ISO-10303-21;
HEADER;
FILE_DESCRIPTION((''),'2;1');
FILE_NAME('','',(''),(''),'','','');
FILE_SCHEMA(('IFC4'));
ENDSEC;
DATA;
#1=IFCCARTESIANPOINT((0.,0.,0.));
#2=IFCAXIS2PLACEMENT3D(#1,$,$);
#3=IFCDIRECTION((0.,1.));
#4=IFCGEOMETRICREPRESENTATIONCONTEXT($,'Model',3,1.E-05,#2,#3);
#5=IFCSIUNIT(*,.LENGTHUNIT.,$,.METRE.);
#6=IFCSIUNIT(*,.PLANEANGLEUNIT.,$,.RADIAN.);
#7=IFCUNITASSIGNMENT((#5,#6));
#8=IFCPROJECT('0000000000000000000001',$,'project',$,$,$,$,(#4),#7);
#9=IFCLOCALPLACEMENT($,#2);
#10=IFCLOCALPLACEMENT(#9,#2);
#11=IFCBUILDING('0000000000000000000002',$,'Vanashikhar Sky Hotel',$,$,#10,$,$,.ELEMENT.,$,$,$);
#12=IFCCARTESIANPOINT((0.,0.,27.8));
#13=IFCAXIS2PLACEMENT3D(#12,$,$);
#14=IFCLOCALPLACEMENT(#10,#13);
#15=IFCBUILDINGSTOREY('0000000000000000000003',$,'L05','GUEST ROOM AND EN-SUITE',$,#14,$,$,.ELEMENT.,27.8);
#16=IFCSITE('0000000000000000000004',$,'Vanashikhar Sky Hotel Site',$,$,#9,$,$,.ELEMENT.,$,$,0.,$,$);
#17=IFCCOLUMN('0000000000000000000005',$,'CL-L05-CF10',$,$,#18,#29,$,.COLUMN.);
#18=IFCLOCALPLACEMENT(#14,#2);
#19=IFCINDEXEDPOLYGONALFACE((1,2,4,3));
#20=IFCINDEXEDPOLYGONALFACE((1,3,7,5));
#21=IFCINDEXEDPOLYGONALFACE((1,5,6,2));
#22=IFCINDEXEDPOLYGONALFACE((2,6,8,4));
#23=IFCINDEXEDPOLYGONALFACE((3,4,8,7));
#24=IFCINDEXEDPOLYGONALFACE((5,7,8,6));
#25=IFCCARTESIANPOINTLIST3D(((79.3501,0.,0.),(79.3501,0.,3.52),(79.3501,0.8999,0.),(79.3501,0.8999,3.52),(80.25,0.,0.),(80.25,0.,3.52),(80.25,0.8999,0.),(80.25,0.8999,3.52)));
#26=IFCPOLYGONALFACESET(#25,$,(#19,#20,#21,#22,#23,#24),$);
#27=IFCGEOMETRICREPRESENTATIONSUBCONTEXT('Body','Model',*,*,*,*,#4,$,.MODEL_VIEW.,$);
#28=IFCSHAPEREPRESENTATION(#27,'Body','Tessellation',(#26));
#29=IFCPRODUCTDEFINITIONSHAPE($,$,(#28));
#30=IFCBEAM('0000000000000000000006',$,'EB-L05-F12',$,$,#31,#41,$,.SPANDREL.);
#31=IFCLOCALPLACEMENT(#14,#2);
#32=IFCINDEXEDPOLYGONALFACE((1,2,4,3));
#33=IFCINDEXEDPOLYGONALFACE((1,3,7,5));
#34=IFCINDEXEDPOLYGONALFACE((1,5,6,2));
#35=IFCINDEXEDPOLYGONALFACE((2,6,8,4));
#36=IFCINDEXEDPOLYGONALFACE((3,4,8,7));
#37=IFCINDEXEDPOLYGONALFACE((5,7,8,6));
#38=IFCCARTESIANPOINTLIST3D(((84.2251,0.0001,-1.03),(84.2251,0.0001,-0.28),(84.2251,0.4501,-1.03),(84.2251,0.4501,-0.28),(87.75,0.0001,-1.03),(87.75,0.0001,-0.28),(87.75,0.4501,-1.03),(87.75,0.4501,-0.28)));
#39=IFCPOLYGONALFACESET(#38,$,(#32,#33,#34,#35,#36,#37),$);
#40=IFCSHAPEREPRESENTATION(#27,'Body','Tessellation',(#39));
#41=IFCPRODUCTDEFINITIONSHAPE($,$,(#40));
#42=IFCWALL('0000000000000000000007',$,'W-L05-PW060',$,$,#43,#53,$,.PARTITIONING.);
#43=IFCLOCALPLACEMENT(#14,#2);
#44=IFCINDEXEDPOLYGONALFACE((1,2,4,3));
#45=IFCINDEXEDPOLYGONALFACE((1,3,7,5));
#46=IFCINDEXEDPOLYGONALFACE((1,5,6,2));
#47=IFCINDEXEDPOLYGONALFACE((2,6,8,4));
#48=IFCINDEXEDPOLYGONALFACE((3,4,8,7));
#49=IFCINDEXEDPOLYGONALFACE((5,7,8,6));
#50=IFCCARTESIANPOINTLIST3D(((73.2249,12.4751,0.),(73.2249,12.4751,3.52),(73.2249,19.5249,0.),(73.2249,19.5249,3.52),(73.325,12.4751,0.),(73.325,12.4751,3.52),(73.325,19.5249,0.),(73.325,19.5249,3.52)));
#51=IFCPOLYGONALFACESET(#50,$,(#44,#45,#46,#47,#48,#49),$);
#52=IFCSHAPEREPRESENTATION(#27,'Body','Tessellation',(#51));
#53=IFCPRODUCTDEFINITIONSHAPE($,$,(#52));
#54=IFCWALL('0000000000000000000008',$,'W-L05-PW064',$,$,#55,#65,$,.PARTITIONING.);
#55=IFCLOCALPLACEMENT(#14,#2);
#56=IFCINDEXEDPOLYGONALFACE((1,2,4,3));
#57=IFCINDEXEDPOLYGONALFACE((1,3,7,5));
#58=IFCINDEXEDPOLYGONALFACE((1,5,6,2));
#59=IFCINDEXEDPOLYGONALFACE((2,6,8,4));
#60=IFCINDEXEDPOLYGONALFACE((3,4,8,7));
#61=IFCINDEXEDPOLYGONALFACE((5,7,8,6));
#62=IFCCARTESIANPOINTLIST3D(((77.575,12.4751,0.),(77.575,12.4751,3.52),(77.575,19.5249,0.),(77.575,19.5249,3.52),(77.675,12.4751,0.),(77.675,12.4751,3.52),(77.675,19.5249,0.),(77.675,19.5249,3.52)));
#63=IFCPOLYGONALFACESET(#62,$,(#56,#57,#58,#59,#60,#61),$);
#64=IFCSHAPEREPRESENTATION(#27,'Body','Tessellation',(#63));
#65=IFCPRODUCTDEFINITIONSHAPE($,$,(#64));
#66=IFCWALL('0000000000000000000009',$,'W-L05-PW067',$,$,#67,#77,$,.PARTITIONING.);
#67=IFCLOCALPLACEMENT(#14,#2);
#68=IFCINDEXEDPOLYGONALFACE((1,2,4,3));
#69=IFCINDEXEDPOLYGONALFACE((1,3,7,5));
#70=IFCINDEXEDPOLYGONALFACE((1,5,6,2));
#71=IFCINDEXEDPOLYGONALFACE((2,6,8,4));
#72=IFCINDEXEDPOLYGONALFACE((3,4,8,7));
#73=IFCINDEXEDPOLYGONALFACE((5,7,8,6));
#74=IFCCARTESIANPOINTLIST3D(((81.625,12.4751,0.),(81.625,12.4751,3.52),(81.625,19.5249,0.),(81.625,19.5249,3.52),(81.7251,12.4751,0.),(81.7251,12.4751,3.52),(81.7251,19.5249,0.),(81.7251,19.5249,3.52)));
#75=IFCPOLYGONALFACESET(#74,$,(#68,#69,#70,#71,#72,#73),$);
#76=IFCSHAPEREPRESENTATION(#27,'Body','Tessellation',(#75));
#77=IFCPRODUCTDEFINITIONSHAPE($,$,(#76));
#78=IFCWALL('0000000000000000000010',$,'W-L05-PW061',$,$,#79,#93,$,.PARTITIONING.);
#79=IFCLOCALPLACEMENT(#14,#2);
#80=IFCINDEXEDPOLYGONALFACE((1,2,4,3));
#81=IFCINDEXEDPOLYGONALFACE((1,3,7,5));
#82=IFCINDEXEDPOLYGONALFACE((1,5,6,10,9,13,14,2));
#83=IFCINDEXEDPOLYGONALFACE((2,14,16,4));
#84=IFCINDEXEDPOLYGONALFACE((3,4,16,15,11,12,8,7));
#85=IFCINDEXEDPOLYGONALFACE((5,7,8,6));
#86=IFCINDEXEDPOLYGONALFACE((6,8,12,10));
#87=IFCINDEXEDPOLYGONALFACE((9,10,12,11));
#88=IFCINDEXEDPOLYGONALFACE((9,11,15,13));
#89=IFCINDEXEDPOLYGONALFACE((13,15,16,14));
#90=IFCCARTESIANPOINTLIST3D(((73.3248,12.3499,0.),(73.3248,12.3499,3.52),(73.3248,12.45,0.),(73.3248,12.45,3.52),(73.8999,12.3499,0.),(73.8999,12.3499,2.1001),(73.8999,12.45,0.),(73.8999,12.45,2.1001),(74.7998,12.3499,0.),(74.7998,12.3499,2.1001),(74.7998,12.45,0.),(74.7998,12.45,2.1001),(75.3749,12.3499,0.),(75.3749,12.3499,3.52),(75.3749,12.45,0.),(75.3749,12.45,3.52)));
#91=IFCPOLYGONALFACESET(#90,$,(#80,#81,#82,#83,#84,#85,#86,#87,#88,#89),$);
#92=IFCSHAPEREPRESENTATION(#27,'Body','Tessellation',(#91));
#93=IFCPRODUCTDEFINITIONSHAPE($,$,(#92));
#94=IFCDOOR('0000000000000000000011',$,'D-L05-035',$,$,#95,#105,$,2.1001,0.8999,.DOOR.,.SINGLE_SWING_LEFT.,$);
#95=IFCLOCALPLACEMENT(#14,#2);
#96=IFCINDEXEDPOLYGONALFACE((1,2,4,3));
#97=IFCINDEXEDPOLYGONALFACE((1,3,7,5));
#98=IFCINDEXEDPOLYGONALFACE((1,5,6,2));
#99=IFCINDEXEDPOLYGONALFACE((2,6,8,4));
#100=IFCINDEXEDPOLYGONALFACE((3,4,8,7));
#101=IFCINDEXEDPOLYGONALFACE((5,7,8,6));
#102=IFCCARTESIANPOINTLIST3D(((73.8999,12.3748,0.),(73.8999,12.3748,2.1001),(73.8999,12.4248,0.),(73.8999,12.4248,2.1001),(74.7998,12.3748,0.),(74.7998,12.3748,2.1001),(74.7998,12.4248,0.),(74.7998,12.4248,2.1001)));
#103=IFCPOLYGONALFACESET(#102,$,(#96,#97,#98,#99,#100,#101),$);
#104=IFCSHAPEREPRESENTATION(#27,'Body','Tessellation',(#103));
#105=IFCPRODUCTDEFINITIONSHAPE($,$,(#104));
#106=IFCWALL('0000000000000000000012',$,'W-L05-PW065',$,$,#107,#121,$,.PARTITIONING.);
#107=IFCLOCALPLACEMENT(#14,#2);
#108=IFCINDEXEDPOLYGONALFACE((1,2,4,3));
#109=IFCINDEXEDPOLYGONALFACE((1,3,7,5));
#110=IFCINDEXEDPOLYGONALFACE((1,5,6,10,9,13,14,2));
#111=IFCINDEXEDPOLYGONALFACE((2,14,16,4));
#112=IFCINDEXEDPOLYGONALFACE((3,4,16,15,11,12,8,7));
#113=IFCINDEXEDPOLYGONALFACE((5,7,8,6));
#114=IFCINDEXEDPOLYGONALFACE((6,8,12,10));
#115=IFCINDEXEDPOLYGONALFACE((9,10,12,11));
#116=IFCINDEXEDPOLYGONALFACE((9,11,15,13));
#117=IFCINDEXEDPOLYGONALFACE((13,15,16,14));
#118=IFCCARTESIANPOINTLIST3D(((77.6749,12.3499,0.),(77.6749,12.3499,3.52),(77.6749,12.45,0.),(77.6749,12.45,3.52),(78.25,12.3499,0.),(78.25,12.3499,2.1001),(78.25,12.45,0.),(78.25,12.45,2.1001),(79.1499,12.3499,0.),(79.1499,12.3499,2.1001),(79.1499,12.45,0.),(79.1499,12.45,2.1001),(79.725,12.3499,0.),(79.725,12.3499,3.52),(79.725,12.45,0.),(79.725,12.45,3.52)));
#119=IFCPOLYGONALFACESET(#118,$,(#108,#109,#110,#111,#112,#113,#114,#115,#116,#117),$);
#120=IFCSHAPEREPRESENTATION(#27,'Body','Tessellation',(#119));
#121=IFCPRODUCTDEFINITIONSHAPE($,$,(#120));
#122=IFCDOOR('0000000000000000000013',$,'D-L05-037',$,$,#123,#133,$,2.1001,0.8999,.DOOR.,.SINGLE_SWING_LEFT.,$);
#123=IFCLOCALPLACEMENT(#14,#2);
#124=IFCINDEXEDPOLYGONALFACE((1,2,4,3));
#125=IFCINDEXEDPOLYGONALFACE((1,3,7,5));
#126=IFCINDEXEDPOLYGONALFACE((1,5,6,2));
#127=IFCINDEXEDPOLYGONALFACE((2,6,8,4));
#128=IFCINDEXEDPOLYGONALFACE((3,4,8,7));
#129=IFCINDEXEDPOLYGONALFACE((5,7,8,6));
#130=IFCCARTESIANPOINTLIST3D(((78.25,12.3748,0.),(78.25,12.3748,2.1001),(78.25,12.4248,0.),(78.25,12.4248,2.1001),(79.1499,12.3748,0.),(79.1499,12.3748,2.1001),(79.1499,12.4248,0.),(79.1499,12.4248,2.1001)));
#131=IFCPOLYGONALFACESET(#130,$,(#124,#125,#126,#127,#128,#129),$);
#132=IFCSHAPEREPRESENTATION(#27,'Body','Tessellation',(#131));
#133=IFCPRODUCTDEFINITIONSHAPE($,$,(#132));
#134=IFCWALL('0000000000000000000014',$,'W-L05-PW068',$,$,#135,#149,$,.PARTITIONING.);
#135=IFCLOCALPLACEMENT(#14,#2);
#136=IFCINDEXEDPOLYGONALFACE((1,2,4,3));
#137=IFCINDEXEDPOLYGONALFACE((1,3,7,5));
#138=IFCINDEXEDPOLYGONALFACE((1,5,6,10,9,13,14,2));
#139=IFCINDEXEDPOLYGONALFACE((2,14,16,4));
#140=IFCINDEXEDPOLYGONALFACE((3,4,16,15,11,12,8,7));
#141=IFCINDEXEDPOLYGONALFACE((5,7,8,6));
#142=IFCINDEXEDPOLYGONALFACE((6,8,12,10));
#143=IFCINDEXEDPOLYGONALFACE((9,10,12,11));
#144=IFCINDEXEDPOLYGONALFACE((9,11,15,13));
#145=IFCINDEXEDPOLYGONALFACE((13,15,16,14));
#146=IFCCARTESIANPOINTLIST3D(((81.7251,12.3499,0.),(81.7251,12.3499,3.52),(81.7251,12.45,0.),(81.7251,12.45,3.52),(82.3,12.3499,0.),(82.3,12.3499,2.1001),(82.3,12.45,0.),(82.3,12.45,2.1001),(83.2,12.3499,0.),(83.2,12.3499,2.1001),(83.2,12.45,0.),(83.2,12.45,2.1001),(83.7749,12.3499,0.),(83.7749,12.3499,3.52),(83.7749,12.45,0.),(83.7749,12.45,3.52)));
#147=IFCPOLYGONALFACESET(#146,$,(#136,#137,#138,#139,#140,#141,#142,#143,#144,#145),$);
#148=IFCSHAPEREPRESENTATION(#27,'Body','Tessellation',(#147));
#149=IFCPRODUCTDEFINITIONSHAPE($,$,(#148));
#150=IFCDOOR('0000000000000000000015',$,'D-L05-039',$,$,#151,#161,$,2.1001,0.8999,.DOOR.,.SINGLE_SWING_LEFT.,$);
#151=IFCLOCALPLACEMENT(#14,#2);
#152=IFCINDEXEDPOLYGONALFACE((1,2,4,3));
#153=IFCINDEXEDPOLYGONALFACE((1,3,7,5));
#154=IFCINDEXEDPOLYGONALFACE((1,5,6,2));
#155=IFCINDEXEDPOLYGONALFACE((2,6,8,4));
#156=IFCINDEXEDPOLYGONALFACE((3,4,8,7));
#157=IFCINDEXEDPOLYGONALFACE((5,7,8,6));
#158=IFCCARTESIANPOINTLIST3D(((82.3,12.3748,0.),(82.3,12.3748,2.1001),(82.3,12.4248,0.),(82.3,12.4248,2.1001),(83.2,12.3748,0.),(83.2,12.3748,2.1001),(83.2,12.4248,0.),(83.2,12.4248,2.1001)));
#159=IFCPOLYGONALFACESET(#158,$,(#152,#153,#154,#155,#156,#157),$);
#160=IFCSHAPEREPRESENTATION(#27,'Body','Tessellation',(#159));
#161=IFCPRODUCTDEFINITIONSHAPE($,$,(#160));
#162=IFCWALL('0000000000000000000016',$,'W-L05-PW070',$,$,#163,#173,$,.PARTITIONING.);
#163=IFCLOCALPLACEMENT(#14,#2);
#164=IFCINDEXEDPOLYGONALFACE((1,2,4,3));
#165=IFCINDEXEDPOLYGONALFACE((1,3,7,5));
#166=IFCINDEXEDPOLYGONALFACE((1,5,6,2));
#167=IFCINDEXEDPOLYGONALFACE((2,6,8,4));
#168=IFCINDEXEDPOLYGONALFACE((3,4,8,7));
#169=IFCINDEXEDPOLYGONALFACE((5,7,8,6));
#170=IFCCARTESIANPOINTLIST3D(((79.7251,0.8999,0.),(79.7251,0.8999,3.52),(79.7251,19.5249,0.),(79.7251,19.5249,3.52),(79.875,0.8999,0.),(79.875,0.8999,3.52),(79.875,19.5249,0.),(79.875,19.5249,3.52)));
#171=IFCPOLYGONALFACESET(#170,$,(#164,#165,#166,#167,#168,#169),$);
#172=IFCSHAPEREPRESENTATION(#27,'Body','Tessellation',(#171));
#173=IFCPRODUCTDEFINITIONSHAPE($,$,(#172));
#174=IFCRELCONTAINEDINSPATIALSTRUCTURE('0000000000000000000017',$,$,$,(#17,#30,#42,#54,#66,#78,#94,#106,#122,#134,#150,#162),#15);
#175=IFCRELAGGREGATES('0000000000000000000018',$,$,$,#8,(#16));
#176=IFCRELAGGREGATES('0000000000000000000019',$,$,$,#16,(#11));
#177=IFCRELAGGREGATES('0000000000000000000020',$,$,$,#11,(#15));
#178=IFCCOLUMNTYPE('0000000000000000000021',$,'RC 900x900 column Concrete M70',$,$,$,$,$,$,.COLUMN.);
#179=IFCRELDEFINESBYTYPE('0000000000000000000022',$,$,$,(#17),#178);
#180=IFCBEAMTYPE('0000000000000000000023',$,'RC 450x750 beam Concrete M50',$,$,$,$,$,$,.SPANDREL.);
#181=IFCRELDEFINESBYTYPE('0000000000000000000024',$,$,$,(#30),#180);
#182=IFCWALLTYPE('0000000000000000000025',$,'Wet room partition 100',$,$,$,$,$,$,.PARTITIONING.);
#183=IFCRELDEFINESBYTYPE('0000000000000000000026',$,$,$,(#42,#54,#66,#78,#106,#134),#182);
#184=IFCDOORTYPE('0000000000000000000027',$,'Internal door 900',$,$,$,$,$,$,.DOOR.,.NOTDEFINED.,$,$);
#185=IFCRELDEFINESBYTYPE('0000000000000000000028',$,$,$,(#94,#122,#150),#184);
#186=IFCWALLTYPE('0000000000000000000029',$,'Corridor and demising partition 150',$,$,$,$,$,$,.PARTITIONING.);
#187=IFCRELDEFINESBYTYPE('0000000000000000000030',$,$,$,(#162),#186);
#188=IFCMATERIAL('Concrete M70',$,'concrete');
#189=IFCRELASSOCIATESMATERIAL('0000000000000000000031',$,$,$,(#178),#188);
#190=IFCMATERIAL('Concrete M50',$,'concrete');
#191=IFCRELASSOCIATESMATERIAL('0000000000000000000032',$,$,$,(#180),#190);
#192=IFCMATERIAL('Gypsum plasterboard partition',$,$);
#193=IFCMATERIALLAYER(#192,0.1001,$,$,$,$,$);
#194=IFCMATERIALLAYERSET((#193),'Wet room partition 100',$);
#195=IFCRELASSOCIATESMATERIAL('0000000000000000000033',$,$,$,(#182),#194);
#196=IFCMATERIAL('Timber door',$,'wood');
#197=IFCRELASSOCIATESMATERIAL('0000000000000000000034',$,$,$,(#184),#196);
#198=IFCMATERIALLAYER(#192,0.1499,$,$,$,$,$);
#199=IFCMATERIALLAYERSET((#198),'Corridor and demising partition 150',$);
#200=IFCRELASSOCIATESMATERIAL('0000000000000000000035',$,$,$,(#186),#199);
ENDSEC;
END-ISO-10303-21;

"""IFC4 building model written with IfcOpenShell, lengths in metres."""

from ifc_helpers import new_model, si_unit, direction, frame, frame_2d, origin, origin_2d, place, context, subcontext, project, spatial, rectangle, extrude, source, transform, mapped, material, layer, layer_set, material_profile, profile_set, type_object, element, fill, save


model = new_model("IFC4")

# Units and contexts
model_context = context("Model", 3, precision=1e-05, world=origin(), true_north=direction((0.0, 1.0)))
body_context = subcontext(model_context, "Body", "Model", "MODEL_VIEW")
ifc_project = project(units=[si_unit("LENGTHUNIT", "METRE"), si_unit("PLANEANGLEUNIT", "RADIAN")], contexts=[model_context])

# Site, building, storey
site_placement = place(None, origin())
site = spatial("IfcSite", under=ifc_project, at=site_placement, Name="Vanashikhar Sky Hotel Site", CompositionType="ELEMENT", RefElevation=0.0)
building_placement = place(site_placement, origin())
building = spatial("IfcBuilding", under=site, at=building_placement, Name="Vanashikhar Sky Hotel", CompositionType="ELEMENT")
storey_placement = place(building_placement, frame((0.0, 0.0, 27.8)))
storey = spatial("IfcBuildingStorey", under=building, at=storey_placement, Name="L05", Description="GUEST ROOM AND EN-SUITE", CompositionType="ELEMENT", Elevation=27.8)

# Column
ifc_material_1 = material(Name="Concrete M70", Category="concrete")
ifc_material_profile_1 = material_profile(ifc_material_1, rectangle(XDim=0.8999, YDim=0.8999, at=origin_2d()))
ifc_profile_set_1 = profile_set([ifc_material_profile_1], Name="RC 900x900 column Concrete M70")
column_type = type_object("IfcColumnType", Name="RC 900x900 column Concrete M70", PredefinedType="COLUMN", material=ifc_profile_set_1)
shared_shape_1 = source(origin(), body_context, "Body", "SweptSolid", [
    extrude(rectangle(XDim=0.8999, YDim=0.8999, at=origin_2d()), origin(), (0.0, 0.0, 1.0), 3.52),
])
column_placement = place(storey_placement, frame((79.8, 0.45, 0.0), z_axis=(0.0, 0.0, 1.0), x_axis=(1.0, 0.0, 0.0)))
element("IfcColumn", 1, at=column_placement, inside=storey, type_object=column_type, Name="CL-L05-CF10", PredefinedType="COLUMN", context=body_context, shape_type="MappedRepresentation", body=[
    mapped(shared_shape_1, transform((0.0, 0.0, 0.0), scale=1.0)),
])

# Beam
ifc_material_2 = material(Name="Concrete M50", Category="concrete")
ifc_material_profile_2 = material_profile(ifc_material_2, rectangle(XDim=0.45, YDim=0.75, at=origin_2d()))
ifc_profile_set_2 = profile_set([ifc_material_profile_2], Name="RC 450x750 beam Concrete M50")
beam_type = type_object("IfcBeamType", Name="RC 450x750 beam Concrete M50", PredefinedType="SPANDREL", material=ifc_profile_set_2)
shared_shape_2 = source(origin(), body_context, "Body", "SweptSolid", [
    extrude(rectangle(XDim=0.45, YDim=0.75, at=origin_2d()), origin(), (0.0, 0.0, 1.0), 3.5249),
])
beam_placement = place(storey_placement, frame((84.2251, 0.2251, -0.655), z_axis=(1.0, 0.0, 0.0), x_axis=(0.0, 1.0, 0.0)))
element("IfcBeam", 2, at=beam_placement, inside=storey, type_object=beam_type, Name="EB-L05-F12", PredefinedType="SPANDREL", context=body_context, shape_type="MappedRepresentation", body=[
    mapped(shared_shape_2, transform((0.0, 0.0, 0.0), scale=1.0)),
])

# Walls
ifc_material_3 = material(Name="Gypsum plasterboard partition")
ifc_layer_1 = layer(ifc_material_3, 0.1001)
ifc_layer_set_1 = layer_set([ifc_layer_1], Name="Wet room partition 100")
wall_type_1 = type_object("IfcWallType", Name="Wet room partition 100", PredefinedType="PARTITIONING", material=ifc_layer_set_1)
shared_shape_3 = source(origin(), body_context, "Body", "SweptSolid", [
    extrude(rectangle(XDim=7.0498, YDim=0.1001, at=frame_2d((3.5249, 0.0))), origin(), (0.0, 0.0, 1.0), 3.52),
])
for number, where, z_axis, x_axis, name in (
    (3, (73.2749, 12.4751, 0.0), (0.0, 0.0, 1.0), (0.0, 1.0, 0.0), "W-L05-PW060"),
    (4, (77.625, 12.4751, 0.0), (0.0, 0.0, 1.0), (0.0, 1.0, 0.0), "W-L05-PW064"),
    (5, (81.675, 12.4751, 0.0), (0.0, 0.0, 1.0), (0.0, 1.0, 0.0), "W-L05-PW067"),
):
    element("IfcWall", number, at=place(storey_placement, frame(where, z_axis=z_axis, x_axis=x_axis)), inside=storey, type_object=wall_type_1, Name=name, PredefinedType="PARTITIONING", context=body_context, shape_type="MappedRepresentation", body=[
        mapped(shared_shape_3, transform((0.0, 0.0, 0.0), scale=1.0)),
    ])

# Walls, openings, doors
shared_shape_4 = source(origin(), body_context, "Body", "SweptSolid", [
    extrude(rectangle(XDim=2.05, YDim=0.1001, at=frame_2d((1.0249, 0.0))), origin(), (0.0, 0.0, 1.0), 3.52),
])
wall_1_placement = place(storey_placement, frame((73.325, 12.3999, 0.0), z_axis=(0.0, 0.0, 1.0), x_axis=(1.0, 0.0, 0.0)))
wall_1 = element("IfcWall", 6, at=wall_1_placement, inside=storey, type_object=wall_type_1, Name="W-L05-PW061", PredefinedType="PARTITIONING", context=body_context, shape_type="MappedRepresentation", body=[
    mapped(shared_shape_4, transform((0.0, 0.0, 0.0), scale=1.0)),
])
shared_shape_5 = source(origin(), body_context, "Body", "SweptSolid", [
    extrude(rectangle(XDim=0.8999, YDim=2.1001, at=frame_2d((0.45, 1.05))), frame((0.0, 0.0601, 0.0), z_axis=(0.0, -1.0, 0.0), x_axis=(1.0, 0.0, 0.0)), (0.0, 0.0, 1.0), 0.1201),
])
opening_1_placement = place(wall_1_placement, frame((0.575, 0.0, 0.0)))
opening_1 = element("IfcOpeningElement", 7, at=opening_1_placement, cuts=wall_1, PredefinedType="OPENING", context=body_context, shape_type="MappedRepresentation", body=[
    mapped(shared_shape_5, transform((0.0, 0.0, 0.0), scale=1.0)),
])
ifc_material_4 = material(Name="Timber door", Category="wood")
door_type_1 = type_object("IfcDoorType", Name="Internal door 900", OperationType="NOTDEFINED", PredefinedType="DOOR", material=ifc_material_4)
shared_shape_6 = source(origin(), body_context, "Body", "SweptSolid", [
    extrude(rectangle(XDim=0.8999, YDim=2.1001, at=frame_2d((0.45, 1.05))), frame((0.0, 0.0249, 0.0), z_axis=(0.0, -1.0, 0.0), x_axis=(1.0, 0.0, 0.0)), (0.0, 0.0, 1.0), 0.05),
])
door_1_placement = place(opening_1_placement, origin())
door_1 = element("IfcDoor", 8, at=door_1_placement, inside=storey, type_object=door_type_1, Name="D-L05-035", OperationType="SINGLE_SWING_LEFT", OverallHeight=2.1001, OverallWidth=0.8999, PredefinedType="DOOR", context=body_context, shape_type="MappedRepresentation", body=[
    mapped(shared_shape_6, transform((0.0, 0.0, 0.0), scale=1.0)),
])
fill(opening_1, door_1)
wall_2_placement = place(storey_placement, frame((77.675, 12.3999, 0.0), z_axis=(0.0, 0.0, 1.0), x_axis=(1.0, 0.0, 0.0)))
wall_2 = element("IfcWall", 9, at=wall_2_placement, inside=storey, type_object=wall_type_1, Name="W-L05-PW065", PredefinedType="PARTITIONING", context=body_context, shape_type="MappedRepresentation", body=[
    mapped(shared_shape_4, transform((0.0, 0.0, 0.0), scale=1.0)),
])
opening_2_placement = place(wall_2_placement, frame((0.575, 0.0, 0.0)))
opening_2 = element("IfcOpeningElement", 10, at=opening_2_placement, cuts=wall_2, PredefinedType="OPENING", context=body_context, shape_type="MappedRepresentation", body=[
    mapped(shared_shape_5, transform((0.0, 0.0, 0.0), scale=1.0)),
])
door_2_placement = place(opening_2_placement, origin())
door_2 = element("IfcDoor", 11, at=door_2_placement, inside=storey, type_object=door_type_1, Name="D-L05-037", OperationType="SINGLE_SWING_LEFT", OverallHeight=2.1001, OverallWidth=0.8999, PredefinedType="DOOR", context=body_context, shape_type="MappedRepresentation", body=[
    mapped(shared_shape_6, transform((0.0, 0.0, 0.0), scale=1.0)),
])
fill(opening_2, door_2)
shared_shape_7 = source(origin(), body_context, "Body", "SweptSolid", [
    extrude(rectangle(XDim=2.0498, YDim=0.1001, at=frame_2d((1.0249, 0.0))), origin(), (0.0, 0.0, 1.0), 3.52),
])
wall_3_placement = place(storey_placement, frame((81.7251, 12.3999, 0.0), z_axis=(0.0, 0.0, 1.0), x_axis=(1.0, 0.0, 0.0)))
wall_3 = element("IfcWall", 12, at=wall_3_placement, inside=storey, type_object=wall_type_1, Name="W-L05-PW068", PredefinedType="PARTITIONING", context=body_context, shape_type="MappedRepresentation", body=[
    mapped(shared_shape_7, transform((0.0, 0.0, 0.0), scale=1.0)),
])
opening_3_placement = place(wall_3_placement, frame((0.575, 0.0, 0.0)))
opening_3 = element("IfcOpeningElement", 13, at=opening_3_placement, cuts=wall_3, PredefinedType="OPENING", context=body_context, shape_type="MappedRepresentation", body=[
    mapped(shared_shape_5, transform((0.0, 0.0, 0.0), scale=1.0)),
])
door_3_placement = place(opening_3_placement, origin())
door_3 = element("IfcDoor", 14, at=door_3_placement, inside=storey, type_object=door_type_1, Name="D-L05-039", OperationType="SINGLE_SWING_LEFT", OverallHeight=2.1001, OverallWidth=0.8999, PredefinedType="DOOR", context=body_context, shape_type="MappedRepresentation", body=[
    mapped(shared_shape_6, transform((0.0, 0.0, 0.0), scale=1.0)),
])
fill(opening_3, door_3)

# Wall
ifc_layer_2 = layer(ifc_material_3, 0.1499)
ifc_layer_set_2 = layer_set([ifc_layer_2], Name="Corridor and demising partition 150")
wall_type_2 = type_object("IfcWallType", Name="Corridor and demising partition 150", PredefinedType="PARTITIONING", material=ifc_layer_set_2)
shared_shape_8 = source(origin(), body_context, "Body", "SweptSolid", [
    extrude(rectangle(XDim=18.625, YDim=0.1499, at=frame_2d((9.3125, 0.0))), origin(), (0.0, 0.0, 1.0), 3.52),
])
wall_4_placement = place(storey_placement, frame((79.8, 0.8999, 0.0), z_axis=(0.0, 0.0, 1.0), x_axis=(0.0, 1.0, 0.0)))
element("IfcWall", 15, at=wall_4_placement, inside=storey, type_object=wall_type_2, Name="W-L05-PW070", PredefinedType="PARTITIONING", context=body_context, shape_type="MappedRepresentation", body=[
    mapped(shared_shape_8, transform((0.0, 0.0, 0.0), scale=1.0)),
])

save(model, "model.ifc")
